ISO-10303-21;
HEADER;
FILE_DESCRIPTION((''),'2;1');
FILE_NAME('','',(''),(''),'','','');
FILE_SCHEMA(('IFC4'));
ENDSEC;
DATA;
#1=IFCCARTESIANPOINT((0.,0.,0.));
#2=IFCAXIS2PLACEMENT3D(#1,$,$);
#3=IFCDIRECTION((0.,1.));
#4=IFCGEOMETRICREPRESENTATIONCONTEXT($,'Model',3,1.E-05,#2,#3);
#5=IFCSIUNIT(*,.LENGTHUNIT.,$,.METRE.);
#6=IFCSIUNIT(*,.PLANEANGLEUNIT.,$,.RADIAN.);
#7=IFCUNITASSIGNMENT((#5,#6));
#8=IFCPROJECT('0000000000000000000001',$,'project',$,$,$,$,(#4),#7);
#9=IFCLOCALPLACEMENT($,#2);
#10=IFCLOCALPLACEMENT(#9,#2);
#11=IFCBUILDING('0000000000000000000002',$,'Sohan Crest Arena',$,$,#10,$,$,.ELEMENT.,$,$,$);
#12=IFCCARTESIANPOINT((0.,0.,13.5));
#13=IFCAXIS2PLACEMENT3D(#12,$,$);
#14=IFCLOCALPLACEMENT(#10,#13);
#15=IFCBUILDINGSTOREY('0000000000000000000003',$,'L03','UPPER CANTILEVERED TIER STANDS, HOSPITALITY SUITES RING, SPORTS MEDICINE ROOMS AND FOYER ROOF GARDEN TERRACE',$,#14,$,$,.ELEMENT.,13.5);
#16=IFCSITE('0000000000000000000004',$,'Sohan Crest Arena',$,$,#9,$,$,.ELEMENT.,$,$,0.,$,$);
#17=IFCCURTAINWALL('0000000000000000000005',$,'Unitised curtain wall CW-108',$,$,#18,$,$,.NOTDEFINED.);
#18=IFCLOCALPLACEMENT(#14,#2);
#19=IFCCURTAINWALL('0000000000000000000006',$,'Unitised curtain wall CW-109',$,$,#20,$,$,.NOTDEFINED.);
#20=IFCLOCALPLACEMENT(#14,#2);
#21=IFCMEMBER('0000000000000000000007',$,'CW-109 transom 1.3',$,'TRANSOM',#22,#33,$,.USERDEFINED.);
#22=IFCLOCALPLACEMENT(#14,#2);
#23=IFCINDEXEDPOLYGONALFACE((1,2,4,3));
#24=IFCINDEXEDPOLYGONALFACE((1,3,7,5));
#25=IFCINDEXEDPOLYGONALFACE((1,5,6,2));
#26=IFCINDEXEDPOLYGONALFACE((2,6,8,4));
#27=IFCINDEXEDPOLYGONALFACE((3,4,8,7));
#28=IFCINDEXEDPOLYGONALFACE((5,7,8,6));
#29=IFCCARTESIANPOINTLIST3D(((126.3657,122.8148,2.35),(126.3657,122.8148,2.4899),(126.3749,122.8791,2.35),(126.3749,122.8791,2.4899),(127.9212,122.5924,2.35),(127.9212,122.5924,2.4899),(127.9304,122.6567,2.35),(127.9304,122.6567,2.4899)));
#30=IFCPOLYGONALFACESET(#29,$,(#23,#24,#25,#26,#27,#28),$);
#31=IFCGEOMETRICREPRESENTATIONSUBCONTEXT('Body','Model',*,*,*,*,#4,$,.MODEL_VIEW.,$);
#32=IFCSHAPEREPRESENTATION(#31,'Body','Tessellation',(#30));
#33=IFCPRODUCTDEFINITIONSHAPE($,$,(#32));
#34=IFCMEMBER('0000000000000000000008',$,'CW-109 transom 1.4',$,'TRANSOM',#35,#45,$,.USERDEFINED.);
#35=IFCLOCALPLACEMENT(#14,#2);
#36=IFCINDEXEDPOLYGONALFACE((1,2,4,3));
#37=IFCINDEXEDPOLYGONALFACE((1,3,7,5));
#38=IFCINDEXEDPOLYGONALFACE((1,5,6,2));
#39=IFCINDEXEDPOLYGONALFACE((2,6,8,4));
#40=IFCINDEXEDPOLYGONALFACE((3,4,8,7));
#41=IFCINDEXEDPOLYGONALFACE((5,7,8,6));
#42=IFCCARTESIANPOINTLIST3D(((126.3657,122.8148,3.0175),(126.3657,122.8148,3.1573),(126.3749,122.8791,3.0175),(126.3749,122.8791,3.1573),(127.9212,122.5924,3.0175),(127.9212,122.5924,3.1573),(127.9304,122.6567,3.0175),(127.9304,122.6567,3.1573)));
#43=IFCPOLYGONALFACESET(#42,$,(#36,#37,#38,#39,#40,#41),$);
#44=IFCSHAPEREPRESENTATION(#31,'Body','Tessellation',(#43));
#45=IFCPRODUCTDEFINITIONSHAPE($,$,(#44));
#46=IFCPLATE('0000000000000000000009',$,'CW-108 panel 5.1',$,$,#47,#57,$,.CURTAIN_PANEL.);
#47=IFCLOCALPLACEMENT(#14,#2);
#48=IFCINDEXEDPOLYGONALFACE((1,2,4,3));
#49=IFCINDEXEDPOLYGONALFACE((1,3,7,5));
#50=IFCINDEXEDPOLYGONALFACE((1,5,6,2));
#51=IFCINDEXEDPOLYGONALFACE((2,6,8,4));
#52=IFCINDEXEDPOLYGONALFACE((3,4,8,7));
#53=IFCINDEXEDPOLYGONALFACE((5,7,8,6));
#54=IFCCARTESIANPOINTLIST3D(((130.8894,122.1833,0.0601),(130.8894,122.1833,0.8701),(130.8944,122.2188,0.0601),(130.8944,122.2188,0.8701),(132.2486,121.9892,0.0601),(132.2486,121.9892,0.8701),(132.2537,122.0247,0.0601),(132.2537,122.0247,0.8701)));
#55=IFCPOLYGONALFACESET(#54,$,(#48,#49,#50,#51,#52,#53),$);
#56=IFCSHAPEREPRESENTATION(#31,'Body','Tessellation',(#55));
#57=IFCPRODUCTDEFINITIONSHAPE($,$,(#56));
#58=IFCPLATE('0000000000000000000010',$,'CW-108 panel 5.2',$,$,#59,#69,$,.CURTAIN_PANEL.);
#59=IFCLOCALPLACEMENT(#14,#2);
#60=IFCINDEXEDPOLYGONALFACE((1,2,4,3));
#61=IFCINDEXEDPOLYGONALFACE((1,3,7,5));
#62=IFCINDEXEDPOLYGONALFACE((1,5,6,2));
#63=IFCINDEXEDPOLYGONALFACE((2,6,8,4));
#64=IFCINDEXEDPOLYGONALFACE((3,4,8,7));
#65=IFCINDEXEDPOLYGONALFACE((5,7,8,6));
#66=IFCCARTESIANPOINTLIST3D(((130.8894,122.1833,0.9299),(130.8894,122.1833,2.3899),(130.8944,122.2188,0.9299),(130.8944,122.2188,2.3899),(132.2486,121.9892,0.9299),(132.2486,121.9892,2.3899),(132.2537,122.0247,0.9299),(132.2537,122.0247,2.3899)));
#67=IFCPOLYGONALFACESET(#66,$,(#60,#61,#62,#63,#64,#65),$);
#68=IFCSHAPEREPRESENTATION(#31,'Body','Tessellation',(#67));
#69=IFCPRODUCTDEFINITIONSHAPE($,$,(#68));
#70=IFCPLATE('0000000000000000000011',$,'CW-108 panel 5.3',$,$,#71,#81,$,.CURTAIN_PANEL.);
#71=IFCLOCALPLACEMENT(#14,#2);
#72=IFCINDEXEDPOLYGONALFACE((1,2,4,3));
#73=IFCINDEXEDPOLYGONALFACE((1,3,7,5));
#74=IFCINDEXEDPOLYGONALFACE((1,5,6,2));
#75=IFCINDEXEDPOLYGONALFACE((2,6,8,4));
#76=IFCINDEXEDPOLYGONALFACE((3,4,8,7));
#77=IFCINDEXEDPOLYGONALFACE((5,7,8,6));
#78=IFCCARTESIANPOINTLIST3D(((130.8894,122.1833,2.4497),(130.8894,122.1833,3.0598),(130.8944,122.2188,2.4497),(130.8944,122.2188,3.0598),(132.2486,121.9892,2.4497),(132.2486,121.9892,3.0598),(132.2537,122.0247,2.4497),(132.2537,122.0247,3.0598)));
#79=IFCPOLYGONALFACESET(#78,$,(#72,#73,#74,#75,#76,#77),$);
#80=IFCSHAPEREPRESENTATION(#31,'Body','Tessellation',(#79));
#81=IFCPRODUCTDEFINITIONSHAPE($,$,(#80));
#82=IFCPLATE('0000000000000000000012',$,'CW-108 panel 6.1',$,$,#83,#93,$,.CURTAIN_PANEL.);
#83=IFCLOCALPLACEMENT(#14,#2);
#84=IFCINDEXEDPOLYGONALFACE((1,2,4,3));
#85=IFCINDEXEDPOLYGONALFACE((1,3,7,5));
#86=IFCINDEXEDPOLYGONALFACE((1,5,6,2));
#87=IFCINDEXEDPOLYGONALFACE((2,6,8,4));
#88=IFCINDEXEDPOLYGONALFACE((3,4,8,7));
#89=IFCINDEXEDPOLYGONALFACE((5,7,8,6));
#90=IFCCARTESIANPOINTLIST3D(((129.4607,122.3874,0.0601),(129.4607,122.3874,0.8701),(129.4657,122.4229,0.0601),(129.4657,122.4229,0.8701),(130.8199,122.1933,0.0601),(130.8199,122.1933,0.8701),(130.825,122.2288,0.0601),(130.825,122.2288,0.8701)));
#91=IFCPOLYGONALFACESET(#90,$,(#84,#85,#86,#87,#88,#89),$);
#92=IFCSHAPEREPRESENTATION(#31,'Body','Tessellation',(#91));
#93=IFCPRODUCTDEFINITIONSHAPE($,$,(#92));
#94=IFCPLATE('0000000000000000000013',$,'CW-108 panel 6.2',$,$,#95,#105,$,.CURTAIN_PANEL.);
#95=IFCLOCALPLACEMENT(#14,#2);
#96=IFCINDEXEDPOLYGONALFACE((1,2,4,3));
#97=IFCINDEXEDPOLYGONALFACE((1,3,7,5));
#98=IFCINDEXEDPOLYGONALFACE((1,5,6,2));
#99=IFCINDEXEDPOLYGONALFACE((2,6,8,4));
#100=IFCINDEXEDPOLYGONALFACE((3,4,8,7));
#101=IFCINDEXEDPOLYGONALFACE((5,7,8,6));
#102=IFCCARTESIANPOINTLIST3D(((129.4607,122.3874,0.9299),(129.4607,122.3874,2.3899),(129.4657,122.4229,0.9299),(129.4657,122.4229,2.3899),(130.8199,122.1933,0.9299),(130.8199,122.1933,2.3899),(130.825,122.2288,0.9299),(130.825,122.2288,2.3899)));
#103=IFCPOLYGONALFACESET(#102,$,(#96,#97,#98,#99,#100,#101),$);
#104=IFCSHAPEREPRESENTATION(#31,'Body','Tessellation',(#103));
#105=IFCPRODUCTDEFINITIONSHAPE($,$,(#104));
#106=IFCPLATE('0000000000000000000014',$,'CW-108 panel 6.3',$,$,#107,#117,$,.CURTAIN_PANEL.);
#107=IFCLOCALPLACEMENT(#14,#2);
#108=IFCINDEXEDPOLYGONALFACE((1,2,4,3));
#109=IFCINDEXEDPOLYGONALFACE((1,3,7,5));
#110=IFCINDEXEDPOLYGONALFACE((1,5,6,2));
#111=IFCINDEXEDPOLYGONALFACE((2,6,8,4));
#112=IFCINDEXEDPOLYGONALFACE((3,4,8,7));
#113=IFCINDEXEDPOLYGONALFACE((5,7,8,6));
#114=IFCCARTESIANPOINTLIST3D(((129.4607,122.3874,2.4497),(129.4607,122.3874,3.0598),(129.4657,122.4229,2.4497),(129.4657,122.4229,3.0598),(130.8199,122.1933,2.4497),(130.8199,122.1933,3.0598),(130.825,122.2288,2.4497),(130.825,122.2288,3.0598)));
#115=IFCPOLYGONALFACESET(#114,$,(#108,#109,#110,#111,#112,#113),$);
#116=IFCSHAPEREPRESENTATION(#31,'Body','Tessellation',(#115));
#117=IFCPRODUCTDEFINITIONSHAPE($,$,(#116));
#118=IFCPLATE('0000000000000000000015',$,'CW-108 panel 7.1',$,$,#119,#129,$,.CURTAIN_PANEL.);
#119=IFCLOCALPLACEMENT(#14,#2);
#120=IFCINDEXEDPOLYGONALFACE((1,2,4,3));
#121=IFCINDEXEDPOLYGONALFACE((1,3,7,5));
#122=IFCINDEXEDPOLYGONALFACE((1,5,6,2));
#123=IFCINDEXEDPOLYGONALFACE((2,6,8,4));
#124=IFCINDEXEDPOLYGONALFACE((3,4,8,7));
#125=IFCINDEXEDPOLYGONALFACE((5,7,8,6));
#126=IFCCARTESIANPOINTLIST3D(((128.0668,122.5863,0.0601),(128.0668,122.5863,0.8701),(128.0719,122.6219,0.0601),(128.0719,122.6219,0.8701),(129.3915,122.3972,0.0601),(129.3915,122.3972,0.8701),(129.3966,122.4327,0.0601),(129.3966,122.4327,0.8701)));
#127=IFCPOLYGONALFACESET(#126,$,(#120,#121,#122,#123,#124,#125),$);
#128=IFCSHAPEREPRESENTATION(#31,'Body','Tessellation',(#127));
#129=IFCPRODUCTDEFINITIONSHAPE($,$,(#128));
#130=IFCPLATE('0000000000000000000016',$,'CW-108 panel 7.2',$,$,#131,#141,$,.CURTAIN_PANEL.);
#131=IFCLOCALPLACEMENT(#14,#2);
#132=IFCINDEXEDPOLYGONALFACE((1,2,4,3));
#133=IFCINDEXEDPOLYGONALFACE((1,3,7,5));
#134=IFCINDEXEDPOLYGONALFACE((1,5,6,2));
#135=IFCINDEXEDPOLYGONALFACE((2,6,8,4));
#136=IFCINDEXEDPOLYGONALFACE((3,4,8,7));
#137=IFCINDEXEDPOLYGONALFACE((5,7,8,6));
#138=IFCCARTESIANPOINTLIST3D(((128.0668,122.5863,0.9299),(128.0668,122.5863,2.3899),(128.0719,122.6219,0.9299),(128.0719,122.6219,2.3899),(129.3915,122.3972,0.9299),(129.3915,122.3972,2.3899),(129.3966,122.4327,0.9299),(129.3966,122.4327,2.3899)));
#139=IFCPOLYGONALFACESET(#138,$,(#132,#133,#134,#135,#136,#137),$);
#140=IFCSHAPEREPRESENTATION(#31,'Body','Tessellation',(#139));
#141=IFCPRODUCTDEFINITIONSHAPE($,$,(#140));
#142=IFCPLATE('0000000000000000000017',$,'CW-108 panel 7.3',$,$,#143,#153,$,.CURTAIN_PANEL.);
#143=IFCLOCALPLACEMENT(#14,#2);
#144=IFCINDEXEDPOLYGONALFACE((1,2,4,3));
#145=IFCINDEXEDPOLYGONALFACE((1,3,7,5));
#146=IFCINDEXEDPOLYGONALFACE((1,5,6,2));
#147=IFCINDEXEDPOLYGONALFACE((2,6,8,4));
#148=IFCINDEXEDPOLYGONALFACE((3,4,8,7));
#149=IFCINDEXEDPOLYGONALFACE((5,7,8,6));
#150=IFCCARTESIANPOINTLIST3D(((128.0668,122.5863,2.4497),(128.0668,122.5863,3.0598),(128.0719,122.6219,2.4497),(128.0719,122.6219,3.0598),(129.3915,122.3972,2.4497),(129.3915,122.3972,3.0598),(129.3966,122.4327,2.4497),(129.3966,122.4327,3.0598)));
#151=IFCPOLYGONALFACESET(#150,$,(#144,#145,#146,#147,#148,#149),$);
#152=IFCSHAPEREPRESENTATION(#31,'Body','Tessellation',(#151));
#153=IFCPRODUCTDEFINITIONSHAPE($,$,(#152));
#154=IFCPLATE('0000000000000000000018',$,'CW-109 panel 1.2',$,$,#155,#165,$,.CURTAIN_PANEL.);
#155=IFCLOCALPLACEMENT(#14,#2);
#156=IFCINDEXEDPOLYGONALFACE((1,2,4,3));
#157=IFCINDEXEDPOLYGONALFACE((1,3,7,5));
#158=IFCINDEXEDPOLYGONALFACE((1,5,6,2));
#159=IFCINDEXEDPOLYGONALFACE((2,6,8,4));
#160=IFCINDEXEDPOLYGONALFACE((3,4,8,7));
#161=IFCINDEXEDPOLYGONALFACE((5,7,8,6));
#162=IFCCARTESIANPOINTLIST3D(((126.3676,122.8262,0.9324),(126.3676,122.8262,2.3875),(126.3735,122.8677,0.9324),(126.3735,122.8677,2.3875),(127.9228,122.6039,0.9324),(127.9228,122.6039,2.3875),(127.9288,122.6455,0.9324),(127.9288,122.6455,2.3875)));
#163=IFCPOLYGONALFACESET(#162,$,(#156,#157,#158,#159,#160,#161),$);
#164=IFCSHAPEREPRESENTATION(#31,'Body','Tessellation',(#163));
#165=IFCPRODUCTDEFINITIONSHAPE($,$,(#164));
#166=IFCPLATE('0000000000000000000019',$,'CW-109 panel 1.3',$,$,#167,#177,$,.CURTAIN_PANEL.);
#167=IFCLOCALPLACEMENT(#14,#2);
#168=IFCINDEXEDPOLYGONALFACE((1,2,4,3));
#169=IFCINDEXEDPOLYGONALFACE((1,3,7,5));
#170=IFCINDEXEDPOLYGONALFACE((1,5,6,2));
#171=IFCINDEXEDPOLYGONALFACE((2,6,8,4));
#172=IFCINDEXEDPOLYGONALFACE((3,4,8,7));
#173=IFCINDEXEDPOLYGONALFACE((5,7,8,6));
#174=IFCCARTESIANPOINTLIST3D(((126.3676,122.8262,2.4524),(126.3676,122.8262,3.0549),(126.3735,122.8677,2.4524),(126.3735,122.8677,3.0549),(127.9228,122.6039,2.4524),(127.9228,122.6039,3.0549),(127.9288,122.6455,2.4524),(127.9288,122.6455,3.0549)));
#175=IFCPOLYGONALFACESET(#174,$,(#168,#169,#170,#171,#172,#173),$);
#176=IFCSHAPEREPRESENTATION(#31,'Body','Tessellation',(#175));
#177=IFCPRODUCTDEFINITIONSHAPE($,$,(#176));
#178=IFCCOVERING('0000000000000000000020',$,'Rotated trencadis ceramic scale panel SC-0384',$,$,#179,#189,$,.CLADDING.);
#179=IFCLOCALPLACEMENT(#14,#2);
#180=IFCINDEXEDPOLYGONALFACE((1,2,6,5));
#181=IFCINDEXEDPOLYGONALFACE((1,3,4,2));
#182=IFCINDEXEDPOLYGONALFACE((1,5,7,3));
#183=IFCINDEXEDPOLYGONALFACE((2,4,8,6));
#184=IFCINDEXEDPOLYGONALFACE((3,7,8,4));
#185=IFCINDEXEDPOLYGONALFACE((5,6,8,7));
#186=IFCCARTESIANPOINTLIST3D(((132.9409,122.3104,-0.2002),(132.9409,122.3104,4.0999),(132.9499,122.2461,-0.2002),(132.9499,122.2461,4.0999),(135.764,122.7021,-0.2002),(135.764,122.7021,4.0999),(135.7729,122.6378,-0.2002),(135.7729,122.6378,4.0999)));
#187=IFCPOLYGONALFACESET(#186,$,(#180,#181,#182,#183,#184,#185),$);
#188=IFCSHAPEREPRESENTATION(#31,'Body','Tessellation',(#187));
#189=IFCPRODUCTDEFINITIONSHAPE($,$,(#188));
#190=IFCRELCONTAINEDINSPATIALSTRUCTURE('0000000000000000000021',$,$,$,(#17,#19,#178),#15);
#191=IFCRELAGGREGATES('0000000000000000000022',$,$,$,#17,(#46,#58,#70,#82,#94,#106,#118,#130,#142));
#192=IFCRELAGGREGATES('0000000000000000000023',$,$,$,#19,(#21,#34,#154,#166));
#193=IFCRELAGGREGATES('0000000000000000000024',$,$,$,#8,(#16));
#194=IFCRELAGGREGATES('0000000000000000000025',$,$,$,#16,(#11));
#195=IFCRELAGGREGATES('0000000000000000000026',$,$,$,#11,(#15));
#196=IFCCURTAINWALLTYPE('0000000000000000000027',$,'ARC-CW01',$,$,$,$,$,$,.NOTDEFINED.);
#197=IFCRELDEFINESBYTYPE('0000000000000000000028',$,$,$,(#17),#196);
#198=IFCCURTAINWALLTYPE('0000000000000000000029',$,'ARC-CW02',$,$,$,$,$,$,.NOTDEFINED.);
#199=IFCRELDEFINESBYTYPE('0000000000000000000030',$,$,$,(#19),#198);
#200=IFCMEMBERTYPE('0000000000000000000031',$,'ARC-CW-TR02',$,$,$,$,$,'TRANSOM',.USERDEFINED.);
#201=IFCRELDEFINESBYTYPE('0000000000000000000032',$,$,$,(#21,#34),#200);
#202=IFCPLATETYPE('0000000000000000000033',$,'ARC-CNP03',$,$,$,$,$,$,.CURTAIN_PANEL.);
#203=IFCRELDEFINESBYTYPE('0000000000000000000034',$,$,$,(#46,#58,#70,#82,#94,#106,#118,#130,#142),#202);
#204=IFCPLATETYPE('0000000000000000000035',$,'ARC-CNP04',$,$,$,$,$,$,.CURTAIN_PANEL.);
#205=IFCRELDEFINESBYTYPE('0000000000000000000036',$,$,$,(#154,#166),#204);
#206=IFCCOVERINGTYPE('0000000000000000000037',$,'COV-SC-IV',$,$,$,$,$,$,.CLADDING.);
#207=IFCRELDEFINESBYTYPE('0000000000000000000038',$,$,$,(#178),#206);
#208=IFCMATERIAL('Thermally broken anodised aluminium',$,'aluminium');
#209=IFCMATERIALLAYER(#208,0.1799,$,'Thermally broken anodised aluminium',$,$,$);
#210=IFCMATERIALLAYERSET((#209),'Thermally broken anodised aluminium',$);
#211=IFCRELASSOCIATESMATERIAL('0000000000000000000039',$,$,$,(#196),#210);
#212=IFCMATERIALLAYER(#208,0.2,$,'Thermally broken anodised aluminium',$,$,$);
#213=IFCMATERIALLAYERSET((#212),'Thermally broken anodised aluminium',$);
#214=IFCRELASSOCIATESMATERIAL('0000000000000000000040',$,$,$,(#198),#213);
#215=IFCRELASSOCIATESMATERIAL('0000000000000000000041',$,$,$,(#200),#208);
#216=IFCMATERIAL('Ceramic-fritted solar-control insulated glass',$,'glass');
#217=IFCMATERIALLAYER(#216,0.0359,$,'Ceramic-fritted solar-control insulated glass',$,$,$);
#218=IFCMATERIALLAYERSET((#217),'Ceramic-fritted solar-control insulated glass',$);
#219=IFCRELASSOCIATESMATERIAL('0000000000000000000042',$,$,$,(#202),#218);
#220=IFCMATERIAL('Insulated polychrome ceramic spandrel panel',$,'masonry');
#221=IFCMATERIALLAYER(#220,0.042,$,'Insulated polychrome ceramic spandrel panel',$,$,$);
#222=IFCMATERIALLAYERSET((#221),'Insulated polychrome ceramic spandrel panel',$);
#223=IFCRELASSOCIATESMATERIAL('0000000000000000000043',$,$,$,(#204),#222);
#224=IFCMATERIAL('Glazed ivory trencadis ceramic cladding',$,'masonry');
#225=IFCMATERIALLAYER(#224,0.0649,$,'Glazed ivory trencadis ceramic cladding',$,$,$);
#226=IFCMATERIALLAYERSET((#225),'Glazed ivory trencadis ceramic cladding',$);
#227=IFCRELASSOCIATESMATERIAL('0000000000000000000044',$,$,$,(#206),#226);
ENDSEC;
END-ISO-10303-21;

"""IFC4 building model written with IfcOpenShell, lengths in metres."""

from ifc_helpers import new_model, si_unit, direction, frame, origin, origin_2d, place, context, subcontext, project, spatial, rectangle, extrude, material, layer, layer_set, material_profile, profile_set, type_object, element, aggregate, save


model = new_model("IFC4")

# Units and contexts
model_context = context("Model", 3, precision=1e-05, world=origin(), true_north=direction((0.0, 1.0)))
body_context = subcontext(model_context, "Body", "Model", "MODEL_VIEW")
ifc_project = project(units=[si_unit("LENGTHUNIT", "METRE"), si_unit("PLANEANGLEUNIT", "RADIAN")], contexts=[model_context])

# Site, building, storey
site_placement = place(None, origin())
site = spatial("IfcSite", under=ifc_project, at=site_placement, Name="Sohan Crest Arena", CompositionType="ELEMENT", RefElevation=0.0)
building_placement = place(site_placement, origin())
building = spatial("IfcBuilding", under=site, at=building_placement, Name="Sohan Crest Arena", CompositionType="ELEMENT")
storey_placement = place(building_placement, frame((0.0, 0.0, 13.5)))
storey = spatial("IfcBuildingStorey", under=building, at=storey_placement, Name="L03", Description="UPPER CANTILEVERED TIER STANDS, HOSPITALITY SUITES RING, SPORTS MEDICINE ROOMS AND FOYER ROOF GARDEN TERRACE", CompositionType="ELEMENT", Elevation=13.5)

# Curtain wall
ifc_material_1 = material(Name="Thermally broken anodised aluminium", Category="aluminium")
ifc_layer_1 = layer(ifc_material_1, 0.1799, Name="Thermally broken anodised aluminium")
ifc_layer_set_1 = layer_set([ifc_layer_1], Name="Thermally broken anodised aluminium")
curtain_wall_type_1 = type_object("IfcCurtainWallType", Name="ARC-CW01", PredefinedType="NOTDEFINED", material=ifc_layer_set_1)
curtain_wall_1_placement = place(storey_placement, origin())
curtain_wall_1 = element("IfcCurtainWall", 1, at=curtain_wall_1_placement, inside=storey, type_object=curtain_wall_type_1, Name="Unitised curtain wall CW-108", PredefinedType="NOTDEFINED")

# Curtain wall
ifc_layer_2 = layer(ifc_material_1, 0.2, Name="Thermally broken anodised aluminium")
ifc_layer_set_2 = layer_set([ifc_layer_2], Name="Thermally broken anodised aluminium")
curtain_wall_type_2 = type_object("IfcCurtainWallType", Name="ARC-CW02", PredefinedType="NOTDEFINED", material=ifc_layer_set_2)
curtain_wall_2_placement = place(storey_placement, origin())
curtain_wall_2 = element("IfcCurtainWall", 2, at=curtain_wall_2_placement, inside=storey, type_object=curtain_wall_type_2, Name="Unitised curtain wall CW-109", PredefinedType="NOTDEFINED")

# Members
ifc_material_profile_1 = material_profile(ifc_material_1, rectangle(XDim=0.0649, YDim=0.1399, at=origin_2d()), Name="ALU-TRAN 65x140")
ifc_profile_set_1 = profile_set([ifc_material_profile_1], Name="Thermally broken anodised aluminium")
member_type_1 = type_object("IfcMemberType", Name="ARC-CW-TR02", ElementType="TRANSOM", PredefinedType="USERDEFINED", material=ifc_profile_set_1)
member_1_placement = place(storey_placement, frame((127.9258, 122.6245, 2.4199), z_axis=(-0.989931, 0.141552, 0.0), x_axis=(-0.141552, -0.989931, 0.0)))
member_1 = element("IfcMember", 3, at=member_1_placement, type_object=member_type_1, Name="CW-109 transom 1.3", ObjectType="TRANSOM", PredefinedType="USERDEFINED", context=body_context, shape_type="SweptSolid", body=[
    extrude(rectangle(XDim=0.0649, YDim=0.1399, at=origin_2d()), origin(), (0.0, 0.0, 1.0), 1.5713),
])
member_2_placement = place(storey_placement, frame((127.9258, 122.6245, 3.0874), z_axis=(-0.989931, 0.141552, 0.0), x_axis=(-0.141552, -0.989931, 0.0)))
member_2 = element("IfcMember", 4, at=member_2_placement, type_object=member_type_1, Name="CW-109 transom 1.4", ObjectType="TRANSOM", PredefinedType="USERDEFINED", context=body_context, shape_type="SweptSolid", body=[
    extrude(rectangle(XDim=0.0649, YDim=0.1399, at=origin_2d()), origin(), (0.0, 0.0, 1.0), 1.5713),
])

# Plates
ifc_material_2 = material(Name="Ceramic-fritted solar-control insulated glass", Category="glass")
ifc_layer_3 = layer(ifc_material_2, 0.0359, Name="Ceramic-fritted solar-control insulated glass")
ifc_layer_set_3 = layer_set([ifc_layer_3], Name="Ceramic-fritted solar-control insulated glass")
plate_type_1 = type_object("IfcPlateType", Name="ARC-CNP03", PredefinedType="CURTAIN_PANEL", material=ifc_layer_set_3)
plate_1_placement = place(storey_placement, frame((131.5715, 122.104, 0.0601), z_axis=(0.0, 0.0, 1.0), x_axis=(-0.989957, 0.141366, 0.0)))
plate_1 = element("IfcPlate", 5, at=plate_1_placement, type_object=plate_type_1, Name="CW-108 panel 5.1", PredefinedType="CURTAIN_PANEL", context=body_context, shape_type="SweptSolid", body=[
    extrude(rectangle(XDim=1.373, YDim=0.0359, at=origin_2d()), origin(), (0.0, 0.0, 1.0), 0.8101),
])
plate_2_placement = place(storey_placement, frame((131.5715, 122.104, 0.9299), z_axis=(0.0, 0.0, 1.0), x_axis=(-0.989957, 0.141366, 0.0)))
plate_2 = element("IfcPlate", 6, at=plate_2_placement, type_object=plate_type_1, Name="CW-108 panel 5.2", PredefinedType="CURTAIN_PANEL", context=body_context, shape_type="SweptSolid", body=[
    extrude(rectangle(XDim=1.373, YDim=0.0359, at=origin_2d()), origin(), (0.0, 0.0, 1.0), 1.46),
])
plate_3_placement = place(storey_placement, frame((131.5715, 122.104, 2.4497), z_axis=(0.0, 0.0, 1.0), x_axis=(-0.989957, 0.141366, 0.0)))
plate_3 = element("IfcPlate", 7, at=plate_3_placement, type_object=plate_type_1, Name="CW-108 panel 5.3", PredefinedType="CURTAIN_PANEL", context=body_context, shape_type="SweptSolid", body=[
    extrude(rectangle(XDim=1.373, YDim=0.0359, at=origin_2d()), origin(), (0.0, 0.0, 1.0), 0.6101),
])
plate_4_placement = place(storey_placement, frame((130.1428, 122.3081, 0.0601), z_axis=(0.0, 0.0, 1.0), x_axis=(-0.989957, 0.141366, 0.0)))
plate_4 = element("IfcPlate", 8, at=plate_4_placement, type_object=plate_type_1, Name="CW-108 panel 6.1", PredefinedType="CURTAIN_PANEL", context=body_context, shape_type="SweptSolid", body=[
    extrude(rectangle(XDim=1.373, YDim=0.0359, at=origin_2d()), origin(), (0.0, 0.0, 1.0), 0.8101),
])
plate_5_placement = place(storey_placement, frame((130.1428, 122.3081, 0.9299), z_axis=(0.0, 0.0, 1.0), x_axis=(-0.989957, 0.141366, 0.0)))
plate_5 = element("IfcPlate", 9, at=plate_5_placement, type_object=plate_type_1, Name="CW-108 panel 6.2", PredefinedType="CURTAIN_PANEL", context=body_context, shape_type="SweptSolid", body=[
    extrude(rectangle(XDim=1.373, YDim=0.0359, at=origin_2d()), origin(), (0.0, 0.0, 1.0), 1.46),
])
plate_6_placement = place(storey_placement, frame((130.1428, 122.3081, 2.4497), z_axis=(0.0, 0.0, 1.0), x_axis=(-0.989957, 0.141366, 0.0)))
plate_6 = element("IfcPlate", 10, at=plate_6_placement, type_object=plate_type_1, Name="CW-108 panel 6.3", PredefinedType="CURTAIN_PANEL", context=body_context, shape_type="SweptSolid", body=[
    extrude(rectangle(XDim=1.373, YDim=0.0359, at=origin_2d()), origin(), (0.0, 0.0, 1.0), 0.6101),
])
plate_7_placement = place(storey_placement, frame((128.7317, 122.5095, 0.0601), z_axis=(0.0, 0.0, 1.0), x_axis=(-0.989957, 0.141366, 0.0)))
plate_7 = element("IfcPlate", 11, at=plate_7_placement, type_object=plate_type_1, Name="CW-108 panel 7.1", PredefinedType="CURTAIN_PANEL", context=body_context, shape_type="SweptSolid", body=[
    extrude(rectangle(XDim=1.3381, YDim=0.0359, at=origin_2d()), origin(), (0.0, 0.0, 1.0), 0.8101),
])
plate_8_placement = place(storey_placement, frame((128.7317, 122.5095, 0.9299), z_axis=(0.0, 0.0, 1.0), x_axis=(-0.989957, 0.141366, 0.0)))
plate_8 = element("IfcPlate", 12, at=plate_8_placement, type_object=plate_type_1, Name="CW-108 panel 7.2", PredefinedType="CURTAIN_PANEL", context=body_context, shape_type="SweptSolid", body=[
    extrude(rectangle(XDim=1.3381, YDim=0.0359, at=origin_2d()), origin(), (0.0, 0.0, 1.0), 1.46),
])
plate_9_placement = place(storey_placement, frame((128.7317, 122.5095, 2.4497), z_axis=(0.0, 0.0, 1.0), x_axis=(-0.989957, 0.141366, 0.0)))
plate_9 = element("IfcPlate", 13, at=plate_9_placement, type_object=plate_type_1, Name="CW-108 panel 7.3", PredefinedType="CURTAIN_PANEL", context=body_context, shape_type="SweptSolid", body=[
    extrude(rectangle(XDim=1.3381, YDim=0.0359, at=origin_2d()), origin(), (0.0, 0.0, 1.0), 0.6101),
])
aggregate(curtain_wall_1, [plate_1, plate_2, plate_3, plate_4, plate_5, plate_6, plate_7, plate_8, plate_9])
ifc_material_3 = material(Name="Insulated polychrome ceramic spandrel panel", Category="masonry")
ifc_layer_4 = layer(ifc_material_3, 0.042, Name="Insulated polychrome ceramic spandrel panel")
ifc_layer_set_4 = layer_set([ifc_layer_4], Name="Insulated polychrome ceramic spandrel panel")
plate_type_2 = type_object("IfcPlateType", Name="ARC-CNP04", PredefinedType="CURTAIN_PANEL", material=ifc_layer_set_4)
plate_10_placement = place(storey_placement, frame((127.1482, 122.7358, 0.9324), z_axis=(0.0, 0.0, 1.0), x_axis=(-0.989944, 0.141463, 0.0)))
plate_10 = element("IfcPlate", 14, at=plate_10_placement, type_object=plate_type_2, Name="CW-109 panel 1.2", PredefinedType="CURTAIN_PANEL", context=body_context, shape_type="SweptSolid", body=[
    extrude(rectangle(XDim=1.571, YDim=0.042, at=origin_2d()), origin(), (0.0, 0.0, 1.0), 1.4551),
])
plate_11_placement = place(storey_placement, frame((127.1482, 122.7358, 2.4524), z_axis=(0.0, 0.0, 1.0), x_axis=(-0.989944, 0.141463, 0.0)))
plate_11 = element("IfcPlate", 15, at=plate_11_placement, type_object=plate_type_2, Name="CW-109 panel 1.3", PredefinedType="CURTAIN_PANEL", context=body_context, shape_type="SweptSolid", body=[
    extrude(rectangle(XDim=1.571, YDim=0.042, at=origin_2d()), origin(), (0.0, 0.0, 1.0), 0.6025),
])
aggregate(curtain_wall_2, [member_1, member_2, plate_10, plate_11])

# Covering
ifc_material_4 = material(Name="Glazed ivory trencadis ceramic cladding", Category="masonry")
ifc_layer_5 = layer(ifc_material_4, 0.0649, Name="Glazed ivory trencadis ceramic cladding")
ifc_layer_set_5 = layer_set([ifc_layer_5], Name="Glazed ivory trencadis ceramic cladding")
covering_type_1 = type_object("IfcCoveringType", Name="COV-SC-IV", PredefinedType="CLADDING", material=ifc_layer_set_5)
for number, where, z_axis, x_axis, name in (
    (16, (134.3569, 122.4741, -0.2002), (0.0, 0.0, 1.0), (-0.990509, -0.137445, 0.0), "Rotated trencadis ceramic scale panel SC-0384"),
):
    element("IfcCovering", number, at=place(storey_placement, frame(where, z_axis=z_axis, x_axis=x_axis)), inside=storey, type_object=covering_type_1, Name=name, PredefinedType="CLADDING", context=body_context, shape_type="SweptSolid", body=[
        extrude(rectangle(XDim=2.8501, YDim=0.0649, at=origin_2d()), origin(), (0.0, 0.0, 1.0), 4.3),
    ])

save(model, "model.ifc")
